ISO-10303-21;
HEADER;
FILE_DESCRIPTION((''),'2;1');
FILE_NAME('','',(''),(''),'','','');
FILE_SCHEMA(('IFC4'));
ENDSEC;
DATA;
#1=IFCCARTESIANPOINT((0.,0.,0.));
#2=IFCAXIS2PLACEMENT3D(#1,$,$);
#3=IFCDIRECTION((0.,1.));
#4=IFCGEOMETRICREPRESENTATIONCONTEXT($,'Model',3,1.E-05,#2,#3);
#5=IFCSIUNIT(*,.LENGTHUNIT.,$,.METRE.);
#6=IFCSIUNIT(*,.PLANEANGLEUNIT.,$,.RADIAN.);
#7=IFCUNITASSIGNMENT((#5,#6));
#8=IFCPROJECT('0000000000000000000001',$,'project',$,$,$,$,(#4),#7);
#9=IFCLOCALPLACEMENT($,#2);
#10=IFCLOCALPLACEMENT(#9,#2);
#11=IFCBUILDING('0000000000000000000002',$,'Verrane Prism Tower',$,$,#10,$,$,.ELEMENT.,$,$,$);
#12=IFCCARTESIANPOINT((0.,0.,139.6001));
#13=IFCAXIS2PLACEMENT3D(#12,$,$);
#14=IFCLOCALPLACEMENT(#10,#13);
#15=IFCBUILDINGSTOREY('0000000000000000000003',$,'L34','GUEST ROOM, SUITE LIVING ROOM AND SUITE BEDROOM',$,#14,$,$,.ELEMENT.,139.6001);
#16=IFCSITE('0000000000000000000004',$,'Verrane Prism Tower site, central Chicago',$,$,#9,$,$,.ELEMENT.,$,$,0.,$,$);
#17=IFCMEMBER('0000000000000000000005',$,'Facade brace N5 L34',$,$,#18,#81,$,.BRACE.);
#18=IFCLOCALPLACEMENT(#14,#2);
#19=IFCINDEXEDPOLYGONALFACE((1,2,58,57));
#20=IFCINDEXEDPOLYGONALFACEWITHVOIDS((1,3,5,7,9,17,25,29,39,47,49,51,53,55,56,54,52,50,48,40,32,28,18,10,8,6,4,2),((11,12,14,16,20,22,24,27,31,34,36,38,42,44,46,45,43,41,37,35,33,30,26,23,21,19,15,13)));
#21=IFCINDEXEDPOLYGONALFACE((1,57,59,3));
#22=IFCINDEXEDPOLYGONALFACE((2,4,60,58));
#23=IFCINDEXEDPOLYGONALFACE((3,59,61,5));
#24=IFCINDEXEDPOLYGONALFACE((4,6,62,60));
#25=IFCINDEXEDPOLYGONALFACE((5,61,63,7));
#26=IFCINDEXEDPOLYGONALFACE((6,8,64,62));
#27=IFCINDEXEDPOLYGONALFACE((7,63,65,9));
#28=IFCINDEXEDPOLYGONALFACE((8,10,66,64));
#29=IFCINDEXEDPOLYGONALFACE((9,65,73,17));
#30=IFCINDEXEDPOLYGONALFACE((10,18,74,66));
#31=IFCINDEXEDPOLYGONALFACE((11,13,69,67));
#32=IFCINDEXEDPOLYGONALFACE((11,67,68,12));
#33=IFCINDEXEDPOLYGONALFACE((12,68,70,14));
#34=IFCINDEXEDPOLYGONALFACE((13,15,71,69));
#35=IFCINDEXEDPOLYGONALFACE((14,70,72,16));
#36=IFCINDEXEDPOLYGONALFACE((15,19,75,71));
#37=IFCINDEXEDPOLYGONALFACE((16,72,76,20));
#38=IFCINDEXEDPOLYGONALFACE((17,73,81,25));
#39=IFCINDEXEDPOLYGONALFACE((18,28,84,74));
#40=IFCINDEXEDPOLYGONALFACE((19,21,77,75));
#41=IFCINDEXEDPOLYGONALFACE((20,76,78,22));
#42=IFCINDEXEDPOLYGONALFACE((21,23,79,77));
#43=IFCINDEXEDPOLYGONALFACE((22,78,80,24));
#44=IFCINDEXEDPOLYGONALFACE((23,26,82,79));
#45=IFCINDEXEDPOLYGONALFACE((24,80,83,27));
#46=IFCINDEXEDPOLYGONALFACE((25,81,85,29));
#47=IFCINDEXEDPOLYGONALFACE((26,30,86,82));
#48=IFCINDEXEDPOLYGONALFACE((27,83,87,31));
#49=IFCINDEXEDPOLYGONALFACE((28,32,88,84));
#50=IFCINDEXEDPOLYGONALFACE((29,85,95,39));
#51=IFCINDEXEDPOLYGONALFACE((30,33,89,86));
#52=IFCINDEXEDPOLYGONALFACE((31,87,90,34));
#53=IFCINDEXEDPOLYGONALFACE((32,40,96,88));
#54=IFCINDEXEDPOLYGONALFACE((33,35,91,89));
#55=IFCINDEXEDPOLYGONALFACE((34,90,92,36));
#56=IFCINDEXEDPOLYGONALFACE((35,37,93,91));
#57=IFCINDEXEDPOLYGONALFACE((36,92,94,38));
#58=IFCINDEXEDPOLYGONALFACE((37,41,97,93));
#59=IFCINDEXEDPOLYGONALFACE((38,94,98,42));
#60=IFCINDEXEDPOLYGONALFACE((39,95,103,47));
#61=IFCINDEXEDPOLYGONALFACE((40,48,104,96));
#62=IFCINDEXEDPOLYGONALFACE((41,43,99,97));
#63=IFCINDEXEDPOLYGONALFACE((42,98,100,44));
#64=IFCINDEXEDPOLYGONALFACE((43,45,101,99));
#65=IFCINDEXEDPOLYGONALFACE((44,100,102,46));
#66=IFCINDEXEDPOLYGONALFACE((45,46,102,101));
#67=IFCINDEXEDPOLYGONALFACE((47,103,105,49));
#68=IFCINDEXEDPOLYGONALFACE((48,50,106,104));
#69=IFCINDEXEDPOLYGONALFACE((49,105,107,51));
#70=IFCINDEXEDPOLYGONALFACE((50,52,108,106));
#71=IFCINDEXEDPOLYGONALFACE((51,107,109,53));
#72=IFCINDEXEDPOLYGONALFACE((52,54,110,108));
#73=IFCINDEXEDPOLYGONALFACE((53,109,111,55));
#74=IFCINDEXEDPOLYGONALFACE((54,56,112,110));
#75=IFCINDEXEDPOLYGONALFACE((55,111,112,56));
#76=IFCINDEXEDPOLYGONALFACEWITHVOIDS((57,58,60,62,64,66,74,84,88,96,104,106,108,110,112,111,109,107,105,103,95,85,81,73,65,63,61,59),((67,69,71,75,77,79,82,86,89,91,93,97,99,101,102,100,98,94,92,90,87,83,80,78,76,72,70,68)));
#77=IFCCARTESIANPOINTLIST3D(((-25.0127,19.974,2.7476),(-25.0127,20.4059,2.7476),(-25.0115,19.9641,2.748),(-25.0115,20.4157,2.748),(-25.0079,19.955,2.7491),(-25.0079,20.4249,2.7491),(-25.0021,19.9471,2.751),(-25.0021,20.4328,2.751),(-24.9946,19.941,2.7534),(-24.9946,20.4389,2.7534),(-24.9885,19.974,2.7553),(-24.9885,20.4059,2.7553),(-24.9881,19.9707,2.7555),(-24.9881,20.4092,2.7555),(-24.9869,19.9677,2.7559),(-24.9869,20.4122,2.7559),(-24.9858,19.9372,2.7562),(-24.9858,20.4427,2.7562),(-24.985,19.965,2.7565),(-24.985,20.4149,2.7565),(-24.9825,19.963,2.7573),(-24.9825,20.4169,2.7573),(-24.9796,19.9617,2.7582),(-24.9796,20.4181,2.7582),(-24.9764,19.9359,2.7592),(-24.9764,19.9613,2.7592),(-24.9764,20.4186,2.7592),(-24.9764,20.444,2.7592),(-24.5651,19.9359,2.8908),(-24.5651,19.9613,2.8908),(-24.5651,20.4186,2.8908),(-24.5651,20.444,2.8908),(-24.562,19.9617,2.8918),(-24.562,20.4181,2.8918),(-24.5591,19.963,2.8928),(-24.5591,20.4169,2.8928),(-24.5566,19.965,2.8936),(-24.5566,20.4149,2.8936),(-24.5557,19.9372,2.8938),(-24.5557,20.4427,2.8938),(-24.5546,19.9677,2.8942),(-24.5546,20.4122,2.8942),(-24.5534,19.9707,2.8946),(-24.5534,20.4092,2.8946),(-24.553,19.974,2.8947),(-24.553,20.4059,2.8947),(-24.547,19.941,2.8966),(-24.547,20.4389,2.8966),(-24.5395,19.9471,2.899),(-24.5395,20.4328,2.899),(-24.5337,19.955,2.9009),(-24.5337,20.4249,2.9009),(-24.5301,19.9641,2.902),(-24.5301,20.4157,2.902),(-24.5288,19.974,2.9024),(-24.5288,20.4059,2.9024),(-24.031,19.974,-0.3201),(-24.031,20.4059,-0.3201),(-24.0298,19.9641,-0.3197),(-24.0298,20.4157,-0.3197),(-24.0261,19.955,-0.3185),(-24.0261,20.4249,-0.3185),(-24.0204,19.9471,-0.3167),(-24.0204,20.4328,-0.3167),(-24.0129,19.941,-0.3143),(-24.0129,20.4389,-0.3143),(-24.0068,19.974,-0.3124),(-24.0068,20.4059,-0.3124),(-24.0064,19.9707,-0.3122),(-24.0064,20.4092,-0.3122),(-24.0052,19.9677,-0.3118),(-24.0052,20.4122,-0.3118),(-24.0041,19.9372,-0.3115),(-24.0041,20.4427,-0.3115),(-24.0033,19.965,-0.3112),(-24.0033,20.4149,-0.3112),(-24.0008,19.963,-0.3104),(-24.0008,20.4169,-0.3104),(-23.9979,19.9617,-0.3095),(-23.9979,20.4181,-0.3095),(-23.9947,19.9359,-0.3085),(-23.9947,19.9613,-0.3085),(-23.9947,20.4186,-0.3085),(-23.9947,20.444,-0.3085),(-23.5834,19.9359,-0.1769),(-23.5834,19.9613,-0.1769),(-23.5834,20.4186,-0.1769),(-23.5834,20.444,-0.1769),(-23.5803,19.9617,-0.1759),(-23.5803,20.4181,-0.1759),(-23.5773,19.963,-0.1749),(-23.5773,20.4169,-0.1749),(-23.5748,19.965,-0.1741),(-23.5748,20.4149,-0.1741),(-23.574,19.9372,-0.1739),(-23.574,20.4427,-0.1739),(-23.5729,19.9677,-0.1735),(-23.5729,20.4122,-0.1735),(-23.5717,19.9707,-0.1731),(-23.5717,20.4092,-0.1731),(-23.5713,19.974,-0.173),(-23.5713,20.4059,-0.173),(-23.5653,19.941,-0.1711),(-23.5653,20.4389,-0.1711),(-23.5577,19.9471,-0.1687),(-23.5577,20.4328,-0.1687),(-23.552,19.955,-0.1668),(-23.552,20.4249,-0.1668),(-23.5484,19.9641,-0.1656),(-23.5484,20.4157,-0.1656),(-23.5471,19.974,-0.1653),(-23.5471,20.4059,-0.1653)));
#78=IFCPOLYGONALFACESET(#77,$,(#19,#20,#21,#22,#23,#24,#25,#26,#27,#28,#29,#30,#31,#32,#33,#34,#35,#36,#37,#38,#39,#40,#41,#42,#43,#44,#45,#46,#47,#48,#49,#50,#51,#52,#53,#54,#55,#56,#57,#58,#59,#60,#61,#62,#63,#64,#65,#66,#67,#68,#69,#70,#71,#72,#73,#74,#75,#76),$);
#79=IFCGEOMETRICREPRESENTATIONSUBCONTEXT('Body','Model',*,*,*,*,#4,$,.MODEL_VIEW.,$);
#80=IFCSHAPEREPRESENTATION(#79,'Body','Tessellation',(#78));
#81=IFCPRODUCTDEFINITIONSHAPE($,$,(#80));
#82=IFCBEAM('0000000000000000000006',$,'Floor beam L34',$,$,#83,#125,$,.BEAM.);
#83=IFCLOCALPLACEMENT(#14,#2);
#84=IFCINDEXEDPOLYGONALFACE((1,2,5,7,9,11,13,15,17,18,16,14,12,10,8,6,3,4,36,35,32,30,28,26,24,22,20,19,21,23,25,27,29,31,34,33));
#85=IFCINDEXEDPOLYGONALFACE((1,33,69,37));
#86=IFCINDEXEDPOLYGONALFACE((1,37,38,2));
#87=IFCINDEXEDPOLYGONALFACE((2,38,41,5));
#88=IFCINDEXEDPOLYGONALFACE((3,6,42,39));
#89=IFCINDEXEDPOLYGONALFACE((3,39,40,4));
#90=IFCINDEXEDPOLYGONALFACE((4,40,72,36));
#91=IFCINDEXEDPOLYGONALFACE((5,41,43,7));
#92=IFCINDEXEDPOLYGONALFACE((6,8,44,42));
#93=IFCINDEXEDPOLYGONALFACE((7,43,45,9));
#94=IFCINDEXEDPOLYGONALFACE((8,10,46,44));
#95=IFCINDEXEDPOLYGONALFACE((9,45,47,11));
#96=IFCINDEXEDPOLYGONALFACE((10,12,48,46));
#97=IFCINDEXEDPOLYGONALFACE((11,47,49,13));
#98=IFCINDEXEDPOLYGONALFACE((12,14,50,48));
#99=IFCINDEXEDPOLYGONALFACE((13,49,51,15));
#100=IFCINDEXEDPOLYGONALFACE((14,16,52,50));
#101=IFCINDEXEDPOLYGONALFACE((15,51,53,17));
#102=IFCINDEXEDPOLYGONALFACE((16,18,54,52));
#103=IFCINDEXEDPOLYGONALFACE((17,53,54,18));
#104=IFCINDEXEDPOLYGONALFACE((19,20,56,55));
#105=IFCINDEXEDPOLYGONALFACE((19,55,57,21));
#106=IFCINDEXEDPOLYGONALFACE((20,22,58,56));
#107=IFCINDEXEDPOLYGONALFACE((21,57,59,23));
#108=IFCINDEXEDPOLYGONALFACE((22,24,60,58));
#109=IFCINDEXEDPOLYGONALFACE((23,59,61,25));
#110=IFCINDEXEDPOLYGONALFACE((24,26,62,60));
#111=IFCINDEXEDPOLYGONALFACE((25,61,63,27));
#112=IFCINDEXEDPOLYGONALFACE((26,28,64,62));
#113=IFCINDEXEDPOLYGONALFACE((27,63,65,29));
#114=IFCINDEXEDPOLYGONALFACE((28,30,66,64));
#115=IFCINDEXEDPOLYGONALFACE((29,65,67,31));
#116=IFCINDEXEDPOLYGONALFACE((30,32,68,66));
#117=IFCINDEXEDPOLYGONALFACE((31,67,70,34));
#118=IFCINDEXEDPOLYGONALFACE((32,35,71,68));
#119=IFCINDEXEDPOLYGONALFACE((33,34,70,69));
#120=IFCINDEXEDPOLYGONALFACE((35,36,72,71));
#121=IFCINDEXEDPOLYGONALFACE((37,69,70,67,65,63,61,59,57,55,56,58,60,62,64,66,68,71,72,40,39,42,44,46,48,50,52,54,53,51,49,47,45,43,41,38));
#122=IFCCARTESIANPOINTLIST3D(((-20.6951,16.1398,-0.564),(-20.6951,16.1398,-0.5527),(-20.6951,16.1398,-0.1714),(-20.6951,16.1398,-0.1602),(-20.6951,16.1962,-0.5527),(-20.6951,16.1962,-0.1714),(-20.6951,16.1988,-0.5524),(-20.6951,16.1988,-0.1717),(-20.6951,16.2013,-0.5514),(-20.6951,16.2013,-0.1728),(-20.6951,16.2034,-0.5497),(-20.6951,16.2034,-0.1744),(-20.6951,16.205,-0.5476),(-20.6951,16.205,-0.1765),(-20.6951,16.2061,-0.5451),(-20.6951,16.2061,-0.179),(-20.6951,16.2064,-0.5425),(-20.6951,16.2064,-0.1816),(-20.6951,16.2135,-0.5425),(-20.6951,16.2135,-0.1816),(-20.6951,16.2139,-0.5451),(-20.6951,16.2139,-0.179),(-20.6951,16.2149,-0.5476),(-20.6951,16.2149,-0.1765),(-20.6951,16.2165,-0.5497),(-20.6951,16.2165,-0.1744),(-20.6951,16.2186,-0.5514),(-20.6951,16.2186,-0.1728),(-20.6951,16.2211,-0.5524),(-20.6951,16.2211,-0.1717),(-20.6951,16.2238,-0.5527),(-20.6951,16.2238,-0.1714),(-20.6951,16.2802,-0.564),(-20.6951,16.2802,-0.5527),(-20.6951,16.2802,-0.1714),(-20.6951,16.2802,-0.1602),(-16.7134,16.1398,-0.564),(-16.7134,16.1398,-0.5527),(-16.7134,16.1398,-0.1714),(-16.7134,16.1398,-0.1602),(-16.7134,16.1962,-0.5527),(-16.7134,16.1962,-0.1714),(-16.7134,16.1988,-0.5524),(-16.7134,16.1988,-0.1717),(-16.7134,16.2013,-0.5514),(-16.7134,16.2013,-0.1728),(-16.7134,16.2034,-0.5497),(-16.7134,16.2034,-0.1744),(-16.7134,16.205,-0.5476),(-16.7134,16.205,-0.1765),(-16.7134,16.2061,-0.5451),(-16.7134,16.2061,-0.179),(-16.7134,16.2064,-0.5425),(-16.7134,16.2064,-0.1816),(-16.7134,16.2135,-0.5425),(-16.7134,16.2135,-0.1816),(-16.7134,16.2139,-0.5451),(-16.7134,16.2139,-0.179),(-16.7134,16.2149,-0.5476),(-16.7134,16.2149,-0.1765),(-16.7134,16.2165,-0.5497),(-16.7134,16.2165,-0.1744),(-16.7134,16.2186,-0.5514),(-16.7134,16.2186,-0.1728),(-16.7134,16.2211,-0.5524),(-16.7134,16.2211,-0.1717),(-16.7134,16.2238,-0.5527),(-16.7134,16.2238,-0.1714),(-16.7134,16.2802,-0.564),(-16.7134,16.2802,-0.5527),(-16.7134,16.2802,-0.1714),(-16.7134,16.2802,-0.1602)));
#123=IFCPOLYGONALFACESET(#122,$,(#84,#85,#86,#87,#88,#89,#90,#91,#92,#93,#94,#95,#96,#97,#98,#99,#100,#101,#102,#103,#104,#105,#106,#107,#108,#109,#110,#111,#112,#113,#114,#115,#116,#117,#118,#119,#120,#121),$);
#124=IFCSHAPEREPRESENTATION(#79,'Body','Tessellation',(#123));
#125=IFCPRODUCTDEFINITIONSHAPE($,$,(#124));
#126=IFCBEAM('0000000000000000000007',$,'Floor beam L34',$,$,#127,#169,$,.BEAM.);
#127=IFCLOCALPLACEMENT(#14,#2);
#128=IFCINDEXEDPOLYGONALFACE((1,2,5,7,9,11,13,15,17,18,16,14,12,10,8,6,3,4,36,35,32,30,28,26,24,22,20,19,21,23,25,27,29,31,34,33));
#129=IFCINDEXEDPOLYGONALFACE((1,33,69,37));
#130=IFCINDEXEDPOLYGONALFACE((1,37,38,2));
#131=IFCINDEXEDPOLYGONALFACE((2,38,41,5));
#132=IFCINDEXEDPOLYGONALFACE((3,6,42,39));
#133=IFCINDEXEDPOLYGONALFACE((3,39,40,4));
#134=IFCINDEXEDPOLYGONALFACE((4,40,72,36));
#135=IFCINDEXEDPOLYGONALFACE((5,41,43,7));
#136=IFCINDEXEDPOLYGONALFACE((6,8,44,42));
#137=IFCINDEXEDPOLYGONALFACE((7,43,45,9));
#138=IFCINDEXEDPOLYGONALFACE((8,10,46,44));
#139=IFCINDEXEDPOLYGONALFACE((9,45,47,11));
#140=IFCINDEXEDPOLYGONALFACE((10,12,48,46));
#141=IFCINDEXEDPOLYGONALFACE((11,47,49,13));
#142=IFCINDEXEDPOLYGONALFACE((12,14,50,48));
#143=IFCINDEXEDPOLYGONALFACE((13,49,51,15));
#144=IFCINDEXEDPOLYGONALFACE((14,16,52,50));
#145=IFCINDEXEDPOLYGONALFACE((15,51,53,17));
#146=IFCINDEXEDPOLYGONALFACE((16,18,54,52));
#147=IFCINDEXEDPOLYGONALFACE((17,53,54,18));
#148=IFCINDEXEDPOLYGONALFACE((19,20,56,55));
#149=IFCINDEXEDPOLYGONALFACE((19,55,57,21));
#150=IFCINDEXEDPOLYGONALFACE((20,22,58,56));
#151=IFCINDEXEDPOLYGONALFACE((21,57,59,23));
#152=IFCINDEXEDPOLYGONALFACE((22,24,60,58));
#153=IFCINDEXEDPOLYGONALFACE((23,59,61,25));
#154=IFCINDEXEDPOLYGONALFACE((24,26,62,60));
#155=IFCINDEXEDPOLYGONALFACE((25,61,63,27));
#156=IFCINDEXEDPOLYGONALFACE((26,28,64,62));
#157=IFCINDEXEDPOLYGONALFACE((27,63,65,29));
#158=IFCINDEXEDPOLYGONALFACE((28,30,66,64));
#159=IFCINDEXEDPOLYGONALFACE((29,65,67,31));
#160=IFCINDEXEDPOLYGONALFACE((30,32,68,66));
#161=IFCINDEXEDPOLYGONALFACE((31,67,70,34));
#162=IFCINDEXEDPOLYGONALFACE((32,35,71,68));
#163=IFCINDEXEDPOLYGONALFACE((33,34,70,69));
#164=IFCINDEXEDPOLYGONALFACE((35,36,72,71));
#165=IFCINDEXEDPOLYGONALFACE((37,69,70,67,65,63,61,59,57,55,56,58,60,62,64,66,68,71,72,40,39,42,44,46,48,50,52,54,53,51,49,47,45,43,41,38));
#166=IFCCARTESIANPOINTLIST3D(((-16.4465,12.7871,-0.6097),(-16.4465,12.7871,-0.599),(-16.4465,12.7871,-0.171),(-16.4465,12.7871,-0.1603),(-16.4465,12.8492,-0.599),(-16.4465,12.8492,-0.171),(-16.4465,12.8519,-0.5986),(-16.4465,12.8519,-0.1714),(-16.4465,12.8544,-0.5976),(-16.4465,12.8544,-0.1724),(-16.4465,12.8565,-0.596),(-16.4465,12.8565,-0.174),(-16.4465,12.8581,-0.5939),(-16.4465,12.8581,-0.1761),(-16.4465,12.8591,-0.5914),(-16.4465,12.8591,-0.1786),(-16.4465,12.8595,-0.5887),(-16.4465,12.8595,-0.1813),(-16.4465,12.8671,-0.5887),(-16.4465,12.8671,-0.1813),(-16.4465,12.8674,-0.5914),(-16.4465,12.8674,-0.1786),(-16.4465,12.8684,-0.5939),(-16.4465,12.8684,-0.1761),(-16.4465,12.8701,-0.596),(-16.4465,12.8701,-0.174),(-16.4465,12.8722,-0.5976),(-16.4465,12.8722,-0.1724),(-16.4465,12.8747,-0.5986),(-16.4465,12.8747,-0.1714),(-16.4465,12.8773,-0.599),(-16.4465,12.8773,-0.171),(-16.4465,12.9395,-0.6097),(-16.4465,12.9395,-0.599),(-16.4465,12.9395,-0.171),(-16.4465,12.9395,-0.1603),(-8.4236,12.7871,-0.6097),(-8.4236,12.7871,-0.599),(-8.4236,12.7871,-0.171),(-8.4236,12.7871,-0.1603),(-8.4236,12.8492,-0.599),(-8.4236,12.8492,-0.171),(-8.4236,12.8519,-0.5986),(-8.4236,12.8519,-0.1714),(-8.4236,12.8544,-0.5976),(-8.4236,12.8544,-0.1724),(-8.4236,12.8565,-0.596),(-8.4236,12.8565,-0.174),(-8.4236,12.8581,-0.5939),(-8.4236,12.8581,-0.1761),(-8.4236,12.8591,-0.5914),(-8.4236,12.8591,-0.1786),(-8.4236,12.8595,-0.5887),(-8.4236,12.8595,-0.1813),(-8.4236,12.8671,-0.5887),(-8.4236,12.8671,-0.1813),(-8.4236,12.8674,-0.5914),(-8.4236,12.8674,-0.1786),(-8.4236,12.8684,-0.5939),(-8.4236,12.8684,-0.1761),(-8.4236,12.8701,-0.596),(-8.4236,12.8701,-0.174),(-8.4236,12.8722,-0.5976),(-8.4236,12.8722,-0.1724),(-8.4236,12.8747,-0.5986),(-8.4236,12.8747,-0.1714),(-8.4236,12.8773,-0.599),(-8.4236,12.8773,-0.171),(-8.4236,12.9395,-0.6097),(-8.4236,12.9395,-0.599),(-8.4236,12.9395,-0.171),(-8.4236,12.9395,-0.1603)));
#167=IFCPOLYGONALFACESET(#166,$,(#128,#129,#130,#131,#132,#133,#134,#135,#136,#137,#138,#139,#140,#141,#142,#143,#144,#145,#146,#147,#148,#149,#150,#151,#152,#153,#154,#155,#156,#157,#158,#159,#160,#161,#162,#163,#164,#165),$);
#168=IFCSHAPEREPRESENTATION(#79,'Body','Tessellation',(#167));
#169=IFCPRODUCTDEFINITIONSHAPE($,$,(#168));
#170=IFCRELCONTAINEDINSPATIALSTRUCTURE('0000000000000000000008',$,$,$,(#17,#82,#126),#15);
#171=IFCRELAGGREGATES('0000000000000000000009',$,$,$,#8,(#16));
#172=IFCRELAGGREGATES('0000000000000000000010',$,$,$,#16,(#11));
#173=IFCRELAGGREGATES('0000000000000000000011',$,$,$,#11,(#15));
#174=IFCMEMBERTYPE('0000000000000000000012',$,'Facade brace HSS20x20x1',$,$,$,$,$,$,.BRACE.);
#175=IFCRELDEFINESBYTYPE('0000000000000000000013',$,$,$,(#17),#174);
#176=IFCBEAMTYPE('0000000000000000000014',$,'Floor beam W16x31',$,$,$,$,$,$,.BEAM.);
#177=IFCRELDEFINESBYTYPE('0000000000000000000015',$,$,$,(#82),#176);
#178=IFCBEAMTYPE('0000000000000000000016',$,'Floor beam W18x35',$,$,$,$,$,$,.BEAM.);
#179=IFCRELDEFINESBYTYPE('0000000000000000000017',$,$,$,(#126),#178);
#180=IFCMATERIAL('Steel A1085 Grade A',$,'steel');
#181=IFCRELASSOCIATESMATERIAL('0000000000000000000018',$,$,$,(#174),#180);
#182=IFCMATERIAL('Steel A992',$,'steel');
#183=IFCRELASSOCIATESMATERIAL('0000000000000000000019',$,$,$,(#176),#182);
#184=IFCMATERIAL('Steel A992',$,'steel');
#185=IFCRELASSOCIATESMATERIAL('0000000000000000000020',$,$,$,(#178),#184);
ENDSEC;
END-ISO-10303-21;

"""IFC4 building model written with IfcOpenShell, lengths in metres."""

from ifc_helpers import new_model, si_unit, direction, frame, origin, origin_2d, place, context, subcontext, project, spatial, hollow_rectangle, i_section, extrude, material, material_profile, profile_set, type_object, element, save


model = new_model("IFC4")

# Units and contexts
model_context = context("Model", 3, precision=1e-05, world=origin(), true_north=direction((0.0, 1.0)))
body_context = subcontext(model_context, "Body", "Model", "MODEL_VIEW")
ifc_project = project(units=[si_unit("LENGTHUNIT", "METRE"), si_unit("PLANEANGLEUNIT", "RADIAN")], contexts=[model_context])

# Site, building, storey
site_placement = place(None, origin())
site = spatial("IfcSite", under=ifc_project, at=site_placement, Name="Verrane Prism Tower site, central Chicago", CompositionType="ELEMENT", RefElevation=0.0)
building_placement = place(site_placement, origin())
building = spatial("IfcBuilding", under=site, at=building_placement, Name="Verrane Prism Tower", CompositionType="ELEMENT")
storey_placement = place(building_placement, frame((0.0, 0.0, 139.6001)))
storey = spatial("IfcBuildingStorey", under=building, at=storey_placement, Name="L34", Description="GUEST ROOM, SUITE LIVING ROOM AND SUITE BEDROOM", CompositionType="ELEMENT", Elevation=139.6001)

# Member
ifc_material_1 = material(Name="Steel A1085 Grade A", Category="steel")
ifc_material_profile_1 = material_profile(ifc_material_1, hollow_rectangle(XDim=0.5081, YDim=0.5081, WallThickness=0.0254, InnerFilletRadius=0.0127, OuterFilletRadius=0.0381, at=origin_2d()), Name="HSS20x20x1")
ifc_profile_set_1 = profile_set([ifc_material_profile_1], Name="Steel A1085 Grade A")
member_type_1 = type_object("IfcMemberType", Name="Facade brace HSS20x20x1", PredefinedType="BRACE", material=ifc_profile_set_1)
member_1_placement = place(storey_placement, frame((-23.7891, 20.1899, -0.2427), z_axis=(-0.304789, 0.0, 0.95242), x_axis=(0.0, -1.0, 0.0)))
element("IfcMember", 1, at=member_1_placement, inside=storey, type_object=member_type_1, Name="Facade brace N5 L34", PredefinedType="BRACE", context=body_context, shape_type="SweptSolid", body=[
    extrude(hollow_rectangle(XDim=0.5081, YDim=0.5081, WallThickness=0.0254, InnerFilletRadius=0.0127, OuterFilletRadius=0.0381, at=origin_2d()), origin(), (0.0, 0.0, 1.0), 3.2209),
])

# Beams
ifc_material_2 = material(Name="Steel A992", Category="steel")
ifc_material_profile_2 = material_profile(ifc_material_2, i_section(OverallWidth=0.1404, OverallDepth=0.4038, WebThickness=0.0071, FlangeThickness=0.0112, FilletRadius=0.0103, at=origin_2d()), Name="W16x31")
ifc_profile_set_2 = profile_set([ifc_material_profile_2], Name="Steel A992")
beam_type_1 = type_object("IfcBeamType", Name="Floor beam W16x31", PredefinedType="BEAM", material=ifc_profile_set_2)
beam_1_placement = place(storey_placement, frame((-20.6951, 16.21, -0.3621), z_axis=(1.0, 0.0, 0.0), x_axis=(0.0, 1.0, 0.0)))
element("IfcBeam", 2, at=beam_1_placement, inside=storey, type_object=beam_type_1, Name="Floor beam L34", PredefinedType="BEAM", context=body_context, shape_type="SweptSolid", body=[
    extrude(i_section(OverallWidth=0.1404, OverallDepth=0.4038, WebThickness=0.0071, FlangeThickness=0.0112, FilletRadius=0.0103, at=origin_2d()), origin(), (0.0, 0.0, 1.0), 3.9817),
])
ifc_material_3 = material(Name="Steel A992", Category="steel")
ifc_material_profile_3 = material_profile(ifc_material_3, i_section(OverallWidth=0.1523, OverallDepth=0.4495, WebThickness=0.0076, FlangeThickness=0.0107, FilletRadius=0.0103, at=origin_2d()), Name="W18x35")
ifc_profile_set_3 = profile_set([ifc_material_profile_3], Name="Steel A992")
beam_type_2 = type_object("IfcBeamType", Name="Floor beam W18x35", PredefinedType="BEAM", material=ifc_profile_set_3)
for number, where, z_axis, x_axis, name in (
    (3, (-16.4465, 12.8633, -0.385), (1.0, 0.0, 0.0), (0.0, 1.0, 0.0), "Floor beam L34"),
):
    element("IfcBeam", number, at=place(storey_placement, frame(where, z_axis=z_axis, x_axis=x_axis)), inside=storey, type_object=beam_type_2, Name=name, PredefinedType="BEAM", context=body_context, shape_type="SweptSolid", body=[
        extrude(i_section(OverallWidth=0.1523, OverallDepth=0.4495, WebThickness=0.0076, FlangeThickness=0.0107, FilletRadius=0.0103, at=origin_2d()), origin(), (0.0, 0.0, 1.0), 8.0229),
    ])

save(model, "model.ifc")
